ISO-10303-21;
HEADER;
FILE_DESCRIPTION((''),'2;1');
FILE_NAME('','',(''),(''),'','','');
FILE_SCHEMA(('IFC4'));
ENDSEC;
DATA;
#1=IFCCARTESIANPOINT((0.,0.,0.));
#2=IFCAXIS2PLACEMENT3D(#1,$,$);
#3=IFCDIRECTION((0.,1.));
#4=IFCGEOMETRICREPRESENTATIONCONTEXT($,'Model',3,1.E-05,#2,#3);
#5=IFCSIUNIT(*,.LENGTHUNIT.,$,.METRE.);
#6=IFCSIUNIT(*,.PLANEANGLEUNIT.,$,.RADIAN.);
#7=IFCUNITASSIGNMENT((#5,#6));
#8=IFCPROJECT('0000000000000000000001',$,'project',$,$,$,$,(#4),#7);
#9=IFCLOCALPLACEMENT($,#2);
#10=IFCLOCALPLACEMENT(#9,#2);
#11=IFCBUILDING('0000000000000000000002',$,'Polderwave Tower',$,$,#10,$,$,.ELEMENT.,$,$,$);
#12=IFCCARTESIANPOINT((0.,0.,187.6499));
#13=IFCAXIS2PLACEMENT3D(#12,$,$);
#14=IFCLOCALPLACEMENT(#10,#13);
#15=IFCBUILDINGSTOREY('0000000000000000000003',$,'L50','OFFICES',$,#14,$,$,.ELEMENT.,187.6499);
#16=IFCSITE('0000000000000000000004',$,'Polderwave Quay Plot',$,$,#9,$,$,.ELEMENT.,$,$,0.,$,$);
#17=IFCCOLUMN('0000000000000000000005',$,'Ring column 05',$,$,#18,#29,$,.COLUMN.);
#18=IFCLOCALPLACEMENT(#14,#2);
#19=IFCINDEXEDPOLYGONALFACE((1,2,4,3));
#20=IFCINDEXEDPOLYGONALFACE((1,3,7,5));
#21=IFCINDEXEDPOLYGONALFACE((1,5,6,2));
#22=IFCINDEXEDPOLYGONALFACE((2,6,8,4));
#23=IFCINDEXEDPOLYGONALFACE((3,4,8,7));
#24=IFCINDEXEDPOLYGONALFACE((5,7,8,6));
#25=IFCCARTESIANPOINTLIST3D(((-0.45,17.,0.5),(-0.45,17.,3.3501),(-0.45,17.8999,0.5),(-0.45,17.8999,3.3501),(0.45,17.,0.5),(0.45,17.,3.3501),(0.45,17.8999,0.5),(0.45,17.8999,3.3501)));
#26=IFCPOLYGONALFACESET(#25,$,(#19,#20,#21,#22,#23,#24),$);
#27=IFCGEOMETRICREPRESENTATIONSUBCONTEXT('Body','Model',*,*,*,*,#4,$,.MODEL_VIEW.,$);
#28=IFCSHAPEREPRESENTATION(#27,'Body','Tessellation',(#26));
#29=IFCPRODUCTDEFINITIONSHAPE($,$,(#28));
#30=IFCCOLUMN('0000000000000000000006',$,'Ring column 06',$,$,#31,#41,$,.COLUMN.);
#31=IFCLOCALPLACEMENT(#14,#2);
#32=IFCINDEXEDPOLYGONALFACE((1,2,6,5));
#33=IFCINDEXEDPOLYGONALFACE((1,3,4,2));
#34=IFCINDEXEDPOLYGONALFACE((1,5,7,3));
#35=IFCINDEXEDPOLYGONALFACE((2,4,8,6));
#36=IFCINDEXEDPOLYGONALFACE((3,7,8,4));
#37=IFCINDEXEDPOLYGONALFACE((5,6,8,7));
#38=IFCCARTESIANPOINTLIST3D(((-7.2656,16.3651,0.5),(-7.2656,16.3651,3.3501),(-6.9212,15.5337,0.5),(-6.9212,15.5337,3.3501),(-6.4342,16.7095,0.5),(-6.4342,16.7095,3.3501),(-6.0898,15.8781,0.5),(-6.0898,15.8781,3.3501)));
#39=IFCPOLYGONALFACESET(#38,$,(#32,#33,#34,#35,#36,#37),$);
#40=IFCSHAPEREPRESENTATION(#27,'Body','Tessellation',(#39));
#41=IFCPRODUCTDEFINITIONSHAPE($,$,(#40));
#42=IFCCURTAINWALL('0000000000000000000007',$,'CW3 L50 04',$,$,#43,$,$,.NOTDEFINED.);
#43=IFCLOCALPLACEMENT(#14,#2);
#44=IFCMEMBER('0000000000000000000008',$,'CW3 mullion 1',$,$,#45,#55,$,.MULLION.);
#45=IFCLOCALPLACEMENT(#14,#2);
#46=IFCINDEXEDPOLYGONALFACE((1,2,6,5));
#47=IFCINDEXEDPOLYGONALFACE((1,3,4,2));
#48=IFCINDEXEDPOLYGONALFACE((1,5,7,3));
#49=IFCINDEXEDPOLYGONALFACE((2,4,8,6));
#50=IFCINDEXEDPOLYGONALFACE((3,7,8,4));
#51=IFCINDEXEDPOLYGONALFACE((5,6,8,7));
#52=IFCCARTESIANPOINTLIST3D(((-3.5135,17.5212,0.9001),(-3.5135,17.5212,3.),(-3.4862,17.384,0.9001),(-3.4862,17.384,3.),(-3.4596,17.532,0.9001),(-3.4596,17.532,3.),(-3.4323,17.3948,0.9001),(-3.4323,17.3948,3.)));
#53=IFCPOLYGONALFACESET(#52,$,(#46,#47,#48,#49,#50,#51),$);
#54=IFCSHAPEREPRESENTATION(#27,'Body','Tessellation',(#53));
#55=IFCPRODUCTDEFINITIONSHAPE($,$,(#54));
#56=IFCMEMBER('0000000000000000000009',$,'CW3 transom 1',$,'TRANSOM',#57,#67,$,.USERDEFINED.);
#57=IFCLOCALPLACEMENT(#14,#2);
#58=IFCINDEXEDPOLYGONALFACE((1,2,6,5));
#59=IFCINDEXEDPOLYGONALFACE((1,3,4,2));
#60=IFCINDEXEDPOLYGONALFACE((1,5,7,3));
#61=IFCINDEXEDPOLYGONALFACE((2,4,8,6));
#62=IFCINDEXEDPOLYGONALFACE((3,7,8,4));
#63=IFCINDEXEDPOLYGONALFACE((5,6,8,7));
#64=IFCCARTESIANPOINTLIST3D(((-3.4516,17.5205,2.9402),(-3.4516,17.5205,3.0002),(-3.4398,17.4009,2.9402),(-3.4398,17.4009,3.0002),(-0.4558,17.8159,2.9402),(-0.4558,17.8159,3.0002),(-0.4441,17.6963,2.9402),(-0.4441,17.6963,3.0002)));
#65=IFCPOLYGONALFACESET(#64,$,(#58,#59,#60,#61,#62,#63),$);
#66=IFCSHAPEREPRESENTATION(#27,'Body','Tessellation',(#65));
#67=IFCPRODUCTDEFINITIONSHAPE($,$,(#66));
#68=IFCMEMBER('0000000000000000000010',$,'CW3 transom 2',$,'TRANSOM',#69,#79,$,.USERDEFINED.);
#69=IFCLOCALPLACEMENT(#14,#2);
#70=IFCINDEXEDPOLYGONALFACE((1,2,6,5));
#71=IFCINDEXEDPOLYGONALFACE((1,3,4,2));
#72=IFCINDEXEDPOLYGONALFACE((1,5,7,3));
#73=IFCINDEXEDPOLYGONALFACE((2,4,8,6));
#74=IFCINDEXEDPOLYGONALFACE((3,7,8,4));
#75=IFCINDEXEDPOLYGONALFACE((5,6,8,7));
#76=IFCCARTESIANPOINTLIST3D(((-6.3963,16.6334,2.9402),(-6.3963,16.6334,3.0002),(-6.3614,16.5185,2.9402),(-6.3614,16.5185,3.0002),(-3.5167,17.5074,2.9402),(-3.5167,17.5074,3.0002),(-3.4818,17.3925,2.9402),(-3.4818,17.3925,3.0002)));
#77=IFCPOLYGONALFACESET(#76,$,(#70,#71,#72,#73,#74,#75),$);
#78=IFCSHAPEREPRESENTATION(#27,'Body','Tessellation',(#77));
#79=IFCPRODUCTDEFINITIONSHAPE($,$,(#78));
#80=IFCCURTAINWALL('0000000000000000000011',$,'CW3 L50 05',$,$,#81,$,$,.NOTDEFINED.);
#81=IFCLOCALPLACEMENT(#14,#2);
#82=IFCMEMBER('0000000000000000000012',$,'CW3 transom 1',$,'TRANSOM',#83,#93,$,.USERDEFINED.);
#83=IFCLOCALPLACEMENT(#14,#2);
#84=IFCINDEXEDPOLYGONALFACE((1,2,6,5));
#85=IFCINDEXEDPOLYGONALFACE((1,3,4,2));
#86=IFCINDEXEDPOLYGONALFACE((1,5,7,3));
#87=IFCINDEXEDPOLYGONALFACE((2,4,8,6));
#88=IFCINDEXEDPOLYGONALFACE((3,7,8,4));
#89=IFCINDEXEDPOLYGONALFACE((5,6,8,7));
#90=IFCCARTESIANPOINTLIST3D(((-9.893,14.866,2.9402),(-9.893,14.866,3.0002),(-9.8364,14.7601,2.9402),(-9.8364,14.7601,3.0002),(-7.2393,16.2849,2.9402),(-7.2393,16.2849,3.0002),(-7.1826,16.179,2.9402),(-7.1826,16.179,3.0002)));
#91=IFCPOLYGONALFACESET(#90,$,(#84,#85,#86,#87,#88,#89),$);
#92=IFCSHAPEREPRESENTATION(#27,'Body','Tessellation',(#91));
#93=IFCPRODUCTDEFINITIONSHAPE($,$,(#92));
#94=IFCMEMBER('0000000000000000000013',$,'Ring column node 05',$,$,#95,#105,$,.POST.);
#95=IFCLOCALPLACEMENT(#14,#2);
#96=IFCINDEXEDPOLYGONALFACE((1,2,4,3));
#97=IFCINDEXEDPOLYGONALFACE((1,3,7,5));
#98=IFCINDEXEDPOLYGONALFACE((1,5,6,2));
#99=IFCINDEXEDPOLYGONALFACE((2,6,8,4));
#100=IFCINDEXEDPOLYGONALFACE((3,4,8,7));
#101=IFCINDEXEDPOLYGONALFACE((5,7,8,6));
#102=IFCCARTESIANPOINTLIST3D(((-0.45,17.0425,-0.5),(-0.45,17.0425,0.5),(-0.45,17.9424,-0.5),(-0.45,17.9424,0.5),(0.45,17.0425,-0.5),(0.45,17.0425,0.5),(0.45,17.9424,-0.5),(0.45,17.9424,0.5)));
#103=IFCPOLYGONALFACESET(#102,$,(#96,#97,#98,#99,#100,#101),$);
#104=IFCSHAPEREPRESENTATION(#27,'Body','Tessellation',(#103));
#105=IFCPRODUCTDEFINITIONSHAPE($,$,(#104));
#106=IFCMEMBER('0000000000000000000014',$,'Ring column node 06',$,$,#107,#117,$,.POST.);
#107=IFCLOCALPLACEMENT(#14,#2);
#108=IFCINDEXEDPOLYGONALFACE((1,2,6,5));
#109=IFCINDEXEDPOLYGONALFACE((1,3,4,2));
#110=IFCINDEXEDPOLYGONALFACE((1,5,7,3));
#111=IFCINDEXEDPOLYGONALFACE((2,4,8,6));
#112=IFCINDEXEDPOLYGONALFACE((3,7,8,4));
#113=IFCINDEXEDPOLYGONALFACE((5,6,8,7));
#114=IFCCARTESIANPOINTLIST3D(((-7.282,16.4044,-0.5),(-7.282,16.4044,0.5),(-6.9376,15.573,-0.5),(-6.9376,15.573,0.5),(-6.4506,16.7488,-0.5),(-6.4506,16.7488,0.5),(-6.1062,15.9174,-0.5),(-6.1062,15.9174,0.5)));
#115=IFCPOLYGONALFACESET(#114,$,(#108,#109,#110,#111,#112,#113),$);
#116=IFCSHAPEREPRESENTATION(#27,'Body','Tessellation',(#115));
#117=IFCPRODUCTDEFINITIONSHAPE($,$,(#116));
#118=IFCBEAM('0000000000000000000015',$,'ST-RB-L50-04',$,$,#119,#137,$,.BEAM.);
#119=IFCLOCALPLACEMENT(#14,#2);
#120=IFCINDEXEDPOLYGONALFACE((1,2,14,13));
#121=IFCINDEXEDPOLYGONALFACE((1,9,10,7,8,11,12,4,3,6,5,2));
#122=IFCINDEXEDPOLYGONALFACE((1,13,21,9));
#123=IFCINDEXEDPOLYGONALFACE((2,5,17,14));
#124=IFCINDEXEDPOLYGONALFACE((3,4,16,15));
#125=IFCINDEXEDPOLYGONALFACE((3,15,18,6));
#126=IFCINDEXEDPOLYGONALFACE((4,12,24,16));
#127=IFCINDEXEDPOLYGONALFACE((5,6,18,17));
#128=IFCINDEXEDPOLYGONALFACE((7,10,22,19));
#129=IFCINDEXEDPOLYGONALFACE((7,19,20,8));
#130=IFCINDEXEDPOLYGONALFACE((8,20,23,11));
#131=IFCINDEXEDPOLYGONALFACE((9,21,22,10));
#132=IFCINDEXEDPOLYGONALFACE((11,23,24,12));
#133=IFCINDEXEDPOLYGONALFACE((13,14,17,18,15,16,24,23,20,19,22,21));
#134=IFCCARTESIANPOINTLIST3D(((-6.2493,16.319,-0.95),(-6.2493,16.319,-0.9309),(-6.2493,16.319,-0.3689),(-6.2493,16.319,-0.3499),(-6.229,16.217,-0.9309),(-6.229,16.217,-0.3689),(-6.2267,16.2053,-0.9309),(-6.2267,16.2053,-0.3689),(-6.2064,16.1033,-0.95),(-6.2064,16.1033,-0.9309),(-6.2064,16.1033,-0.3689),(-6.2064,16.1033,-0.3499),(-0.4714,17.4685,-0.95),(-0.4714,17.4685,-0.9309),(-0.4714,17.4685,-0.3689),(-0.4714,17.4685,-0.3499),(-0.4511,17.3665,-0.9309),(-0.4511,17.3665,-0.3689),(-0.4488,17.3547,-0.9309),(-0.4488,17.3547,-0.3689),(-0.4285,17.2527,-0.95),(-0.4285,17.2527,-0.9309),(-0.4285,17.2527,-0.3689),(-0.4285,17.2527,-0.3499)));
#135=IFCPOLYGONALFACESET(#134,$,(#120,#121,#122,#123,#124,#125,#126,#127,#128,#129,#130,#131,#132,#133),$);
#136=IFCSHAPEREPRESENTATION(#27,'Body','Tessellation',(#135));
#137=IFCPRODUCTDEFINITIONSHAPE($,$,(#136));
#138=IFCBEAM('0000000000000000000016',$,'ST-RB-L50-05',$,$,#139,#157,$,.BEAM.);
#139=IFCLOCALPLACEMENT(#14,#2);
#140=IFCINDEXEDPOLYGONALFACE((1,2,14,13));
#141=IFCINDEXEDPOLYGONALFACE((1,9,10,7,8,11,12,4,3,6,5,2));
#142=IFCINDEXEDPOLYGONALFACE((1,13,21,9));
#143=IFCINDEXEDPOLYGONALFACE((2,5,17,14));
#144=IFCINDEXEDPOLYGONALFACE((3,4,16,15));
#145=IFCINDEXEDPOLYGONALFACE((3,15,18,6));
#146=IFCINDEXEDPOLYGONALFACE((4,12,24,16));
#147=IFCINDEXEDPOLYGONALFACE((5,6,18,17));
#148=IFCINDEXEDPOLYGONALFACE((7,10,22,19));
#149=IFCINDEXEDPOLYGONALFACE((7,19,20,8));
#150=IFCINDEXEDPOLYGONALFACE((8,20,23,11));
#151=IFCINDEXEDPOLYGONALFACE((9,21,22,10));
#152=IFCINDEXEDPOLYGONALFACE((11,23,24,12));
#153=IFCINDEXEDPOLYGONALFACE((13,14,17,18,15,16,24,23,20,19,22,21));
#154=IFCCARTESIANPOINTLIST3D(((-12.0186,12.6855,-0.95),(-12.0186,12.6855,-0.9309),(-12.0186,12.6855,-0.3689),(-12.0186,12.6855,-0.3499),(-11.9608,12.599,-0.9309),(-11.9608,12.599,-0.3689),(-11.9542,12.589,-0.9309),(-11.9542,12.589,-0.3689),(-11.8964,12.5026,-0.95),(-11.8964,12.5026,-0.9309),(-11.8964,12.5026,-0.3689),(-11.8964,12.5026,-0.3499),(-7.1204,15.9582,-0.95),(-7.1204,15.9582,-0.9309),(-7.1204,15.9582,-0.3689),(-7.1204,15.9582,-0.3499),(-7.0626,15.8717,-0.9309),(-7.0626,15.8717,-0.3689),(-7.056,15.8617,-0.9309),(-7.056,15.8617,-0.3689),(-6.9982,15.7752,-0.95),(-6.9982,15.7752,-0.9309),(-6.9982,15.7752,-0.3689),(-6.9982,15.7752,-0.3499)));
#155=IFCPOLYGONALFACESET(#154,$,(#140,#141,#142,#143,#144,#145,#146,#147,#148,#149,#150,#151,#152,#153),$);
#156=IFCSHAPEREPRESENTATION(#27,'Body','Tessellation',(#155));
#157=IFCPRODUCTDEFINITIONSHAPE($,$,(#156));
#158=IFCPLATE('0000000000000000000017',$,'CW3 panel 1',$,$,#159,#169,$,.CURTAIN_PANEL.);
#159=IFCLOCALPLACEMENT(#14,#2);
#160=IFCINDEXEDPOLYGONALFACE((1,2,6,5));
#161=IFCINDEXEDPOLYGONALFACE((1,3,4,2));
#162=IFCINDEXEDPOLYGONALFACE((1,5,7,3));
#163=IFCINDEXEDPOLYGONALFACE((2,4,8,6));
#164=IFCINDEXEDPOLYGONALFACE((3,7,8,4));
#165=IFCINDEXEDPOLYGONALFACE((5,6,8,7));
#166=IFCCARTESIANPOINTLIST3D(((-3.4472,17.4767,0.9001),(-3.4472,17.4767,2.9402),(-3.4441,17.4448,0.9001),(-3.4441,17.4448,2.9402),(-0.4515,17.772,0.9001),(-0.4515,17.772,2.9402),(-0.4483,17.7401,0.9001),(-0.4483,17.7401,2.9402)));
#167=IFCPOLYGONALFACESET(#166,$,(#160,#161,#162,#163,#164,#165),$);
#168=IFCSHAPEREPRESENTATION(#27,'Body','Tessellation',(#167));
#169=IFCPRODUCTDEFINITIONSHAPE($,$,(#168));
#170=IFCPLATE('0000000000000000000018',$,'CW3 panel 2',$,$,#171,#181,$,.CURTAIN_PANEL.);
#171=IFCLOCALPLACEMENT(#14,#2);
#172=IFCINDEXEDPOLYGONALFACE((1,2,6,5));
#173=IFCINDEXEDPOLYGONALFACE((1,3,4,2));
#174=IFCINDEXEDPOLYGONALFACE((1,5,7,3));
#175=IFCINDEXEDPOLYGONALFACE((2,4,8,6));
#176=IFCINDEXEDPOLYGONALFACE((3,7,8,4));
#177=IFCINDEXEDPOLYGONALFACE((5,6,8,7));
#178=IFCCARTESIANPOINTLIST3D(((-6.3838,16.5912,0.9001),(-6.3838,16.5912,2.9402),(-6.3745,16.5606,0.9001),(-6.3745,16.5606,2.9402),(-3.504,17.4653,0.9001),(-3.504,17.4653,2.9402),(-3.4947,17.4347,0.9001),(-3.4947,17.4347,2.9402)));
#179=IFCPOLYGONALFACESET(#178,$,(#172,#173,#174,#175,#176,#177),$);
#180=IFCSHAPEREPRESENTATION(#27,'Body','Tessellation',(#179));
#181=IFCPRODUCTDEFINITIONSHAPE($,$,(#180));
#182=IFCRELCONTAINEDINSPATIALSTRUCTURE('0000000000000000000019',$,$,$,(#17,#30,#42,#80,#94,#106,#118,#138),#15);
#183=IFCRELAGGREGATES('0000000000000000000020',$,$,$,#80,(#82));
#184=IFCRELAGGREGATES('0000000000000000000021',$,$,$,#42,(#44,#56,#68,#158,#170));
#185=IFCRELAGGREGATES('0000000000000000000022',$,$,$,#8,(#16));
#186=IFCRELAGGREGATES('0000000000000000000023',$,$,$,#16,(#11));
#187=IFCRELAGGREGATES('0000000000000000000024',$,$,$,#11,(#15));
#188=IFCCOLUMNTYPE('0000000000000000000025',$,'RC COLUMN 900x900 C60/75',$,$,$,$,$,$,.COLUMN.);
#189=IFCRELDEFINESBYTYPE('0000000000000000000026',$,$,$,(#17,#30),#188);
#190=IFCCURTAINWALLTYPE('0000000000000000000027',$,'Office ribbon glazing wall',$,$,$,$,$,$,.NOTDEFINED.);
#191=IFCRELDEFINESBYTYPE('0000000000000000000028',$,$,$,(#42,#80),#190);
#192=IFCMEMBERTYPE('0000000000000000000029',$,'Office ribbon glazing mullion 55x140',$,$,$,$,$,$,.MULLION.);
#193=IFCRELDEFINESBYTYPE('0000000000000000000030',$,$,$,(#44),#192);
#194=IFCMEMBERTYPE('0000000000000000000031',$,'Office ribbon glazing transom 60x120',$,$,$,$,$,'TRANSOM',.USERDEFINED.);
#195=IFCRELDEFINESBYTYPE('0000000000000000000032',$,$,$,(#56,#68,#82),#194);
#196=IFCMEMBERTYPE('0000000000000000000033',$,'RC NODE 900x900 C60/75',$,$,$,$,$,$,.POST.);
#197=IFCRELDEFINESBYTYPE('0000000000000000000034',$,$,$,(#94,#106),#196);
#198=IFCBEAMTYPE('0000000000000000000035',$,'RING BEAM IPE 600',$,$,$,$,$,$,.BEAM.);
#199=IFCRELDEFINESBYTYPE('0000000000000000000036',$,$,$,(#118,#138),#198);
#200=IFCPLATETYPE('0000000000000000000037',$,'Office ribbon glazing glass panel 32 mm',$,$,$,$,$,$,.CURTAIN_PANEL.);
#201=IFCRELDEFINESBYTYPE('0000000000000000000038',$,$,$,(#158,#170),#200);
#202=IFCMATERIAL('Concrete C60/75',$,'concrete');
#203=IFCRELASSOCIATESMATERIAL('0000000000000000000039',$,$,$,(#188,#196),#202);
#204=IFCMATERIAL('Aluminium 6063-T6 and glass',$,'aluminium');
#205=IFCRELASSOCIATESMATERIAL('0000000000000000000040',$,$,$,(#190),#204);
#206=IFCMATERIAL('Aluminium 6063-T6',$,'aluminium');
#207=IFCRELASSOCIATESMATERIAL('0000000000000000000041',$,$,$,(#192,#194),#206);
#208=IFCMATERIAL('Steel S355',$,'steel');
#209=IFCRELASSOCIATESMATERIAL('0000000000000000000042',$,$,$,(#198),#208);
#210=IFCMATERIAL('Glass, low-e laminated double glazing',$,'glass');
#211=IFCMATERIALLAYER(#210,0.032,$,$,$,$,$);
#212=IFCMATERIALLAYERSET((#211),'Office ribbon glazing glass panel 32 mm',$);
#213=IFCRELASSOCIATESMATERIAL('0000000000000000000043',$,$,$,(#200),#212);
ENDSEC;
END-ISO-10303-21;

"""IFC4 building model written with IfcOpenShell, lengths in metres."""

from ifc_helpers import new_model, si_unit, direction, frame, origin, origin_2d, place, context, subcontext, project, spatial, rectangle, i_section, extrude, material, layer, layer_set, material_profile, profile_set, type_object, element, aggregate, save


model = new_model("IFC4")

# Units and contexts
model_context = context("Model", 3, precision=1e-05, world=origin(), true_north=direction((0.0, 1.0)))
body_context = subcontext(model_context, "Body", "Model", "MODEL_VIEW")
ifc_project = project(units=[si_unit("LENGTHUNIT", "METRE"), si_unit("PLANEANGLEUNIT", "RADIAN")], contexts=[model_context])

# Site, building, storey
site_placement = place(None, origin())
site = spatial("IfcSite", under=ifc_project, at=site_placement, Name="Polderwave Quay Plot", CompositionType="ELEMENT", RefElevation=0.0)
building_placement = place(site_placement, origin())
building = spatial("IfcBuilding", under=site, at=building_placement, Name="Polderwave Tower", CompositionType="ELEMENT")
storey_placement = place(building_placement, frame((0.0, 0.0, 187.6499)))
storey = spatial("IfcBuildingStorey", under=building, at=storey_placement, Name="L50", Description="OFFICES", CompositionType="ELEMENT", Elevation=187.6499)

# Columns
ifc_material_1 = material(Name="Concrete C60/75", Category="concrete")
ifc_material_profile_1 = material_profile(ifc_material_1, rectangle(XDim=0.8999, YDim=0.8999, at=origin_2d()), Name="RC 900x900")
ifc_profile_set_1 = profile_set([ifc_material_profile_1], Name="Concrete C60/75")
column_type = type_object("IfcColumnType", Name="RC COLUMN 900x900 C60/75", PredefinedType="COLUMN", material=ifc_profile_set_1)
for number, where, z_axis, x_axis, name in (
    (1, (0.0, 17.45, 0.5), (0.0, 0.0, 1.0), (0.0, 1.0, 0.0), "Ring column 05"),
    (2, (-6.6777, 16.1216, 0.5), (0.0, 0.0, 1.0), (-0.382683, 0.92388, 0.0), "Ring column 06"),
):
    element("IfcColumn", number, at=place(storey_placement, frame(where, z_axis=z_axis, x_axis=x_axis)), inside=storey, type_object=column_type, Name=name, PredefinedType="COLUMN", context=body_context, shape_type="SweptSolid", body=[
        extrude(rectangle(XDim=0.8999, YDim=0.8999, at=origin_2d()), origin(), (0.0, 0.0, 1.0), 2.8501),
    ])

# Curtain wall, members
ifc_material_2 = material(Name="Aluminium 6063-T6 and glass", Category="aluminium")
curtain_wall_type = type_object("IfcCurtainWallType", Name="Office ribbon glazing wall", PredefinedType="NOTDEFINED", material=ifc_material_2)
curtain_wall_1_placement = place(storey_placement, origin())
curtain_wall_1 = element("IfcCurtainWall", 3, at=curtain_wall_1_placement, inside=storey, type_object=curtain_wall_type, Name="CW3 L50 04", PredefinedType="NOTDEFINED")
ifc_material_3 = material(Name="Aluminium 6063-T6", Category="aluminium")
ifc_material_profile_2 = material_profile(ifc_material_3, rectangle(XDim=0.1399, YDim=0.0549, at=origin_2d()), Name="AL 55x140")
ifc_profile_set_2 = profile_set([ifc_material_profile_2], Name="Aluminium 6063-T6")
member_type_1 = type_object("IfcMemberType", Name="Office ribbon glazing mullion 55x140", PredefinedType="MULLION", material=ifc_profile_set_2)
member_1_placement = place(storey_placement, frame((-3.4729, 17.458, 0.9001), z_axis=(0.0, 0.0, 1.0), x_axis=(0.195205, -0.980762, 0.0)))
member_1 = element("IfcMember", 4, at=member_1_placement, type_object=member_type_1, Name="CW3 mullion 1", PredefinedType="MULLION", context=body_context, shape_type="SweptSolid", body=[
    extrude(rectangle(XDim=0.1399, YDim=0.0549, at=origin_2d()), origin(), (0.0, 0.0, 1.0), 2.0999),
])
ifc_material_profile_3 = material_profile(ifc_material_3, rectangle(XDim=0.1201, YDim=0.0601, at=origin_2d()), Name="AL 60x120")
ifc_profile_set_3 = profile_set([ifc_material_profile_3], Name="Aluminium 6063-T6")
member_type_2 = type_object("IfcMemberType", Name="Office ribbon glazing transom 60x120", ElementType="TRANSOM", PredefinedType="USERDEFINED", material=ifc_profile_set_3)
member_2_placement = place(storey_placement, frame((-0.45, 17.7561, 2.9702), z_axis=(-0.995173, -0.098138, 0.0), x_axis=(0.098138, -0.995173, 0.0)))
member_2 = element("IfcMember", 5, at=member_2_placement, type_object=member_type_2, Name="CW3 transom 1", ObjectType="TRANSOM", PredefinedType="USERDEFINED", context=body_context, shape_type="SweptSolid", body=[
    extrude(rectangle(XDim=0.1201, YDim=0.0601, at=origin_2d()), origin(), (0.0, 0.0, 1.0), 3.0103),
])
member_3_placement = place(storey_placement, frame((-3.4993, 17.45, 2.9702), z_axis=(-0.956895, -0.290435, 0.0), x_axis=(0.290435, -0.956895, 0.0)))
member_3 = element("IfcMember", 6, at=member_3_placement, type_object=member_type_2, Name="CW3 transom 2", ObjectType="TRANSOM", PredefinedType="USERDEFINED", context=body_context, shape_type="SweptSolid", body=[
    extrude(rectangle(XDim=0.1201, YDim=0.0601, at=origin_2d()), origin(), (0.0, 0.0, 1.0), 3.0093),
])

# Curtain wall, member
curtain_wall_2_placement = place(storey_placement, origin())
curtain_wall_2 = element("IfcCurtainWall", 7, at=curtain_wall_2_placement, inside=storey, type_object=curtain_wall_type, Name="CW3 L50 05", PredefinedType="NOTDEFINED")
member_4_placement = place(storey_placement, frame((-7.2109, 16.2319, 2.9702), z_axis=(-0.881858, -0.471514, 0.0), x_axis=(0.471514, -0.881858, 0.0)))
member_4 = element("IfcMember", 8, at=member_4_placement, type_object=member_type_2, Name="CW3 transom 1", ObjectType="TRANSOM", PredefinedType="USERDEFINED", context=body_context, shape_type="SweptSolid", body=[
    extrude(rectangle(XDim=0.1201, YDim=0.0601, at=origin_2d()), origin(), (0.0, 0.0, 1.0), 3.0093),
])
aggregate(curtain_wall_2, [member_4])

# Members
ifc_material_profile_4 = material_profile(ifc_material_1, rectangle(XDim=0.8999, YDim=0.8999, at=origin_2d()), Name="RC 900x900")
ifc_profile_set_4 = profile_set([ifc_material_profile_4], Name="Concrete C60/75")
member_type_3 = type_object("IfcMemberType", Name="RC NODE 900x900 C60/75", PredefinedType="POST", material=ifc_profile_set_4)
for number, where, z_axis, x_axis, name in (
    (9, (0.0, 17.4924, -0.5), (0.0, 0.0, 1.0), (0.0, 1.0, 0.0), "Ring column node 05"),
    (10, (-6.6941, 16.1609, -0.5), (0.0, 0.0, 1.0), (-0.382683, 0.92388, 0.0), "Ring column node 06"),
):
    element("IfcMember", number, at=place(storey_placement, frame(where, z_axis=z_axis, x_axis=x_axis)), inside=storey, type_object=member_type_3, Name=name, PredefinedType="POST", context=body_context, shape_type="SweptSolid", body=[
        extrude(rectangle(XDim=0.8999, YDim=0.8999, at=origin_2d()), origin(), (0.0, 0.0, 1.0), 1.0),
    ])

# Beams
ifc_material_4 = material(Name="Steel S355", Category="steel")
ifc_material_profile_5 = material_profile(ifc_material_4, i_section(OverallWidth=0.22, OverallDepth=0.6001, WebThickness=0.012, FlangeThickness=0.019, at=origin_2d()), Name="IPE 600")
ifc_profile_set_5 = profile_set([ifc_material_profile_5], Name="Steel S355")
beam_type = type_object("IfcBeamType", Name="RING BEAM IPE 600", PredefinedType="BEAM", material=ifc_profile_set_5)
beam_1_placement = place(storey_placement, frame((-0.45, 17.3606, -0.6499), z_axis=(-0.980781, -0.195112, 0.0), x_axis=(0.195112, -0.980781, 0.0)))
element("IfcBeam", 11, at=beam_1_placement, inside=storey, type_object=beam_type, Name="ST-RB-L50-04", PredefinedType="BEAM", context=body_context, shape_type="SweptSolid", body=[
    extrude(i_section(OverallWidth=0.22, OverallDepth=0.6001, WebThickness=0.012, FlangeThickness=0.019, at=origin_2d()), origin(), (0.0, 0.0, 1.0), 5.8911),
])
beam_2_placement = place(storey_placement, frame((-7.0593, 15.8667, -0.6499), z_axis=(-0.831482, -0.555551, 0.0), x_axis=(0.555551, -0.831482, 0.0)))
element("IfcBeam", 12, at=beam_2_placement, inside=storey, type_object=beam_type, Name="ST-RB-L50-05", PredefinedType="BEAM", context=body_context, shape_type="SweptSolid", body=[
    extrude(i_section(OverallWidth=0.22, OverallDepth=0.6001, WebThickness=0.012, FlangeThickness=0.019, at=origin_2d()), origin(), (0.0, 0.0, 1.0), 5.8909),
])

# Plates
ifc_material_5 = material(Name="Glass, low-e laminated double glazing", Category="glass")
ifc_layer_1 = layer(ifc_material_5, 0.032)
ifc_layer_set_1 = layer_set([ifc_layer_1], Name="Office ribbon glazing glass panel 32 mm")
plate_type = type_object("IfcPlateType", Name="Office ribbon glazing glass panel 32 mm", PredefinedType="CURTAIN_PANEL", material=ifc_layer_set_1)
plate_1_placement = place(storey_placement, frame((-1.9478, 17.6084, 0.9001), z_axis=(0.0, 0.0, 1.0), x_axis=(-0.995176, -0.098102, 0.0)))
plate_1 = element("IfcPlate", 13, at=plate_1_placement, type_object=plate_type, Name="CW3 panel 1", PredefinedType="CURTAIN_PANEL", context=body_context, shape_type="SweptSolid", body=[
    extrude(rectangle(XDim=3.0103, YDim=0.032, at=origin_2d()), origin(), (0.0, 0.0, 1.0), 2.04),
])
plate_2_placement = place(storey_placement, frame((-4.9392, 17.0129, 0.9001), z_axis=(0.0, 0.0, 1.0), x_axis=(-0.956897, -0.290428, 0.0)))
plate_2 = element("IfcPlate", 14, at=plate_2_placement, type_object=plate_type, Name="CW3 panel 2", PredefinedType="CURTAIN_PANEL", context=body_context, shape_type="SweptSolid", body=[
    extrude(rectangle(XDim=3.0095, YDim=0.032, at=origin_2d()), origin(), (0.0, 0.0, 1.0), 2.04),
])
aggregate(curtain_wall_1, [member_1, member_2, member_3, plate_1, plate_2])

save(model, "model.ifc")
